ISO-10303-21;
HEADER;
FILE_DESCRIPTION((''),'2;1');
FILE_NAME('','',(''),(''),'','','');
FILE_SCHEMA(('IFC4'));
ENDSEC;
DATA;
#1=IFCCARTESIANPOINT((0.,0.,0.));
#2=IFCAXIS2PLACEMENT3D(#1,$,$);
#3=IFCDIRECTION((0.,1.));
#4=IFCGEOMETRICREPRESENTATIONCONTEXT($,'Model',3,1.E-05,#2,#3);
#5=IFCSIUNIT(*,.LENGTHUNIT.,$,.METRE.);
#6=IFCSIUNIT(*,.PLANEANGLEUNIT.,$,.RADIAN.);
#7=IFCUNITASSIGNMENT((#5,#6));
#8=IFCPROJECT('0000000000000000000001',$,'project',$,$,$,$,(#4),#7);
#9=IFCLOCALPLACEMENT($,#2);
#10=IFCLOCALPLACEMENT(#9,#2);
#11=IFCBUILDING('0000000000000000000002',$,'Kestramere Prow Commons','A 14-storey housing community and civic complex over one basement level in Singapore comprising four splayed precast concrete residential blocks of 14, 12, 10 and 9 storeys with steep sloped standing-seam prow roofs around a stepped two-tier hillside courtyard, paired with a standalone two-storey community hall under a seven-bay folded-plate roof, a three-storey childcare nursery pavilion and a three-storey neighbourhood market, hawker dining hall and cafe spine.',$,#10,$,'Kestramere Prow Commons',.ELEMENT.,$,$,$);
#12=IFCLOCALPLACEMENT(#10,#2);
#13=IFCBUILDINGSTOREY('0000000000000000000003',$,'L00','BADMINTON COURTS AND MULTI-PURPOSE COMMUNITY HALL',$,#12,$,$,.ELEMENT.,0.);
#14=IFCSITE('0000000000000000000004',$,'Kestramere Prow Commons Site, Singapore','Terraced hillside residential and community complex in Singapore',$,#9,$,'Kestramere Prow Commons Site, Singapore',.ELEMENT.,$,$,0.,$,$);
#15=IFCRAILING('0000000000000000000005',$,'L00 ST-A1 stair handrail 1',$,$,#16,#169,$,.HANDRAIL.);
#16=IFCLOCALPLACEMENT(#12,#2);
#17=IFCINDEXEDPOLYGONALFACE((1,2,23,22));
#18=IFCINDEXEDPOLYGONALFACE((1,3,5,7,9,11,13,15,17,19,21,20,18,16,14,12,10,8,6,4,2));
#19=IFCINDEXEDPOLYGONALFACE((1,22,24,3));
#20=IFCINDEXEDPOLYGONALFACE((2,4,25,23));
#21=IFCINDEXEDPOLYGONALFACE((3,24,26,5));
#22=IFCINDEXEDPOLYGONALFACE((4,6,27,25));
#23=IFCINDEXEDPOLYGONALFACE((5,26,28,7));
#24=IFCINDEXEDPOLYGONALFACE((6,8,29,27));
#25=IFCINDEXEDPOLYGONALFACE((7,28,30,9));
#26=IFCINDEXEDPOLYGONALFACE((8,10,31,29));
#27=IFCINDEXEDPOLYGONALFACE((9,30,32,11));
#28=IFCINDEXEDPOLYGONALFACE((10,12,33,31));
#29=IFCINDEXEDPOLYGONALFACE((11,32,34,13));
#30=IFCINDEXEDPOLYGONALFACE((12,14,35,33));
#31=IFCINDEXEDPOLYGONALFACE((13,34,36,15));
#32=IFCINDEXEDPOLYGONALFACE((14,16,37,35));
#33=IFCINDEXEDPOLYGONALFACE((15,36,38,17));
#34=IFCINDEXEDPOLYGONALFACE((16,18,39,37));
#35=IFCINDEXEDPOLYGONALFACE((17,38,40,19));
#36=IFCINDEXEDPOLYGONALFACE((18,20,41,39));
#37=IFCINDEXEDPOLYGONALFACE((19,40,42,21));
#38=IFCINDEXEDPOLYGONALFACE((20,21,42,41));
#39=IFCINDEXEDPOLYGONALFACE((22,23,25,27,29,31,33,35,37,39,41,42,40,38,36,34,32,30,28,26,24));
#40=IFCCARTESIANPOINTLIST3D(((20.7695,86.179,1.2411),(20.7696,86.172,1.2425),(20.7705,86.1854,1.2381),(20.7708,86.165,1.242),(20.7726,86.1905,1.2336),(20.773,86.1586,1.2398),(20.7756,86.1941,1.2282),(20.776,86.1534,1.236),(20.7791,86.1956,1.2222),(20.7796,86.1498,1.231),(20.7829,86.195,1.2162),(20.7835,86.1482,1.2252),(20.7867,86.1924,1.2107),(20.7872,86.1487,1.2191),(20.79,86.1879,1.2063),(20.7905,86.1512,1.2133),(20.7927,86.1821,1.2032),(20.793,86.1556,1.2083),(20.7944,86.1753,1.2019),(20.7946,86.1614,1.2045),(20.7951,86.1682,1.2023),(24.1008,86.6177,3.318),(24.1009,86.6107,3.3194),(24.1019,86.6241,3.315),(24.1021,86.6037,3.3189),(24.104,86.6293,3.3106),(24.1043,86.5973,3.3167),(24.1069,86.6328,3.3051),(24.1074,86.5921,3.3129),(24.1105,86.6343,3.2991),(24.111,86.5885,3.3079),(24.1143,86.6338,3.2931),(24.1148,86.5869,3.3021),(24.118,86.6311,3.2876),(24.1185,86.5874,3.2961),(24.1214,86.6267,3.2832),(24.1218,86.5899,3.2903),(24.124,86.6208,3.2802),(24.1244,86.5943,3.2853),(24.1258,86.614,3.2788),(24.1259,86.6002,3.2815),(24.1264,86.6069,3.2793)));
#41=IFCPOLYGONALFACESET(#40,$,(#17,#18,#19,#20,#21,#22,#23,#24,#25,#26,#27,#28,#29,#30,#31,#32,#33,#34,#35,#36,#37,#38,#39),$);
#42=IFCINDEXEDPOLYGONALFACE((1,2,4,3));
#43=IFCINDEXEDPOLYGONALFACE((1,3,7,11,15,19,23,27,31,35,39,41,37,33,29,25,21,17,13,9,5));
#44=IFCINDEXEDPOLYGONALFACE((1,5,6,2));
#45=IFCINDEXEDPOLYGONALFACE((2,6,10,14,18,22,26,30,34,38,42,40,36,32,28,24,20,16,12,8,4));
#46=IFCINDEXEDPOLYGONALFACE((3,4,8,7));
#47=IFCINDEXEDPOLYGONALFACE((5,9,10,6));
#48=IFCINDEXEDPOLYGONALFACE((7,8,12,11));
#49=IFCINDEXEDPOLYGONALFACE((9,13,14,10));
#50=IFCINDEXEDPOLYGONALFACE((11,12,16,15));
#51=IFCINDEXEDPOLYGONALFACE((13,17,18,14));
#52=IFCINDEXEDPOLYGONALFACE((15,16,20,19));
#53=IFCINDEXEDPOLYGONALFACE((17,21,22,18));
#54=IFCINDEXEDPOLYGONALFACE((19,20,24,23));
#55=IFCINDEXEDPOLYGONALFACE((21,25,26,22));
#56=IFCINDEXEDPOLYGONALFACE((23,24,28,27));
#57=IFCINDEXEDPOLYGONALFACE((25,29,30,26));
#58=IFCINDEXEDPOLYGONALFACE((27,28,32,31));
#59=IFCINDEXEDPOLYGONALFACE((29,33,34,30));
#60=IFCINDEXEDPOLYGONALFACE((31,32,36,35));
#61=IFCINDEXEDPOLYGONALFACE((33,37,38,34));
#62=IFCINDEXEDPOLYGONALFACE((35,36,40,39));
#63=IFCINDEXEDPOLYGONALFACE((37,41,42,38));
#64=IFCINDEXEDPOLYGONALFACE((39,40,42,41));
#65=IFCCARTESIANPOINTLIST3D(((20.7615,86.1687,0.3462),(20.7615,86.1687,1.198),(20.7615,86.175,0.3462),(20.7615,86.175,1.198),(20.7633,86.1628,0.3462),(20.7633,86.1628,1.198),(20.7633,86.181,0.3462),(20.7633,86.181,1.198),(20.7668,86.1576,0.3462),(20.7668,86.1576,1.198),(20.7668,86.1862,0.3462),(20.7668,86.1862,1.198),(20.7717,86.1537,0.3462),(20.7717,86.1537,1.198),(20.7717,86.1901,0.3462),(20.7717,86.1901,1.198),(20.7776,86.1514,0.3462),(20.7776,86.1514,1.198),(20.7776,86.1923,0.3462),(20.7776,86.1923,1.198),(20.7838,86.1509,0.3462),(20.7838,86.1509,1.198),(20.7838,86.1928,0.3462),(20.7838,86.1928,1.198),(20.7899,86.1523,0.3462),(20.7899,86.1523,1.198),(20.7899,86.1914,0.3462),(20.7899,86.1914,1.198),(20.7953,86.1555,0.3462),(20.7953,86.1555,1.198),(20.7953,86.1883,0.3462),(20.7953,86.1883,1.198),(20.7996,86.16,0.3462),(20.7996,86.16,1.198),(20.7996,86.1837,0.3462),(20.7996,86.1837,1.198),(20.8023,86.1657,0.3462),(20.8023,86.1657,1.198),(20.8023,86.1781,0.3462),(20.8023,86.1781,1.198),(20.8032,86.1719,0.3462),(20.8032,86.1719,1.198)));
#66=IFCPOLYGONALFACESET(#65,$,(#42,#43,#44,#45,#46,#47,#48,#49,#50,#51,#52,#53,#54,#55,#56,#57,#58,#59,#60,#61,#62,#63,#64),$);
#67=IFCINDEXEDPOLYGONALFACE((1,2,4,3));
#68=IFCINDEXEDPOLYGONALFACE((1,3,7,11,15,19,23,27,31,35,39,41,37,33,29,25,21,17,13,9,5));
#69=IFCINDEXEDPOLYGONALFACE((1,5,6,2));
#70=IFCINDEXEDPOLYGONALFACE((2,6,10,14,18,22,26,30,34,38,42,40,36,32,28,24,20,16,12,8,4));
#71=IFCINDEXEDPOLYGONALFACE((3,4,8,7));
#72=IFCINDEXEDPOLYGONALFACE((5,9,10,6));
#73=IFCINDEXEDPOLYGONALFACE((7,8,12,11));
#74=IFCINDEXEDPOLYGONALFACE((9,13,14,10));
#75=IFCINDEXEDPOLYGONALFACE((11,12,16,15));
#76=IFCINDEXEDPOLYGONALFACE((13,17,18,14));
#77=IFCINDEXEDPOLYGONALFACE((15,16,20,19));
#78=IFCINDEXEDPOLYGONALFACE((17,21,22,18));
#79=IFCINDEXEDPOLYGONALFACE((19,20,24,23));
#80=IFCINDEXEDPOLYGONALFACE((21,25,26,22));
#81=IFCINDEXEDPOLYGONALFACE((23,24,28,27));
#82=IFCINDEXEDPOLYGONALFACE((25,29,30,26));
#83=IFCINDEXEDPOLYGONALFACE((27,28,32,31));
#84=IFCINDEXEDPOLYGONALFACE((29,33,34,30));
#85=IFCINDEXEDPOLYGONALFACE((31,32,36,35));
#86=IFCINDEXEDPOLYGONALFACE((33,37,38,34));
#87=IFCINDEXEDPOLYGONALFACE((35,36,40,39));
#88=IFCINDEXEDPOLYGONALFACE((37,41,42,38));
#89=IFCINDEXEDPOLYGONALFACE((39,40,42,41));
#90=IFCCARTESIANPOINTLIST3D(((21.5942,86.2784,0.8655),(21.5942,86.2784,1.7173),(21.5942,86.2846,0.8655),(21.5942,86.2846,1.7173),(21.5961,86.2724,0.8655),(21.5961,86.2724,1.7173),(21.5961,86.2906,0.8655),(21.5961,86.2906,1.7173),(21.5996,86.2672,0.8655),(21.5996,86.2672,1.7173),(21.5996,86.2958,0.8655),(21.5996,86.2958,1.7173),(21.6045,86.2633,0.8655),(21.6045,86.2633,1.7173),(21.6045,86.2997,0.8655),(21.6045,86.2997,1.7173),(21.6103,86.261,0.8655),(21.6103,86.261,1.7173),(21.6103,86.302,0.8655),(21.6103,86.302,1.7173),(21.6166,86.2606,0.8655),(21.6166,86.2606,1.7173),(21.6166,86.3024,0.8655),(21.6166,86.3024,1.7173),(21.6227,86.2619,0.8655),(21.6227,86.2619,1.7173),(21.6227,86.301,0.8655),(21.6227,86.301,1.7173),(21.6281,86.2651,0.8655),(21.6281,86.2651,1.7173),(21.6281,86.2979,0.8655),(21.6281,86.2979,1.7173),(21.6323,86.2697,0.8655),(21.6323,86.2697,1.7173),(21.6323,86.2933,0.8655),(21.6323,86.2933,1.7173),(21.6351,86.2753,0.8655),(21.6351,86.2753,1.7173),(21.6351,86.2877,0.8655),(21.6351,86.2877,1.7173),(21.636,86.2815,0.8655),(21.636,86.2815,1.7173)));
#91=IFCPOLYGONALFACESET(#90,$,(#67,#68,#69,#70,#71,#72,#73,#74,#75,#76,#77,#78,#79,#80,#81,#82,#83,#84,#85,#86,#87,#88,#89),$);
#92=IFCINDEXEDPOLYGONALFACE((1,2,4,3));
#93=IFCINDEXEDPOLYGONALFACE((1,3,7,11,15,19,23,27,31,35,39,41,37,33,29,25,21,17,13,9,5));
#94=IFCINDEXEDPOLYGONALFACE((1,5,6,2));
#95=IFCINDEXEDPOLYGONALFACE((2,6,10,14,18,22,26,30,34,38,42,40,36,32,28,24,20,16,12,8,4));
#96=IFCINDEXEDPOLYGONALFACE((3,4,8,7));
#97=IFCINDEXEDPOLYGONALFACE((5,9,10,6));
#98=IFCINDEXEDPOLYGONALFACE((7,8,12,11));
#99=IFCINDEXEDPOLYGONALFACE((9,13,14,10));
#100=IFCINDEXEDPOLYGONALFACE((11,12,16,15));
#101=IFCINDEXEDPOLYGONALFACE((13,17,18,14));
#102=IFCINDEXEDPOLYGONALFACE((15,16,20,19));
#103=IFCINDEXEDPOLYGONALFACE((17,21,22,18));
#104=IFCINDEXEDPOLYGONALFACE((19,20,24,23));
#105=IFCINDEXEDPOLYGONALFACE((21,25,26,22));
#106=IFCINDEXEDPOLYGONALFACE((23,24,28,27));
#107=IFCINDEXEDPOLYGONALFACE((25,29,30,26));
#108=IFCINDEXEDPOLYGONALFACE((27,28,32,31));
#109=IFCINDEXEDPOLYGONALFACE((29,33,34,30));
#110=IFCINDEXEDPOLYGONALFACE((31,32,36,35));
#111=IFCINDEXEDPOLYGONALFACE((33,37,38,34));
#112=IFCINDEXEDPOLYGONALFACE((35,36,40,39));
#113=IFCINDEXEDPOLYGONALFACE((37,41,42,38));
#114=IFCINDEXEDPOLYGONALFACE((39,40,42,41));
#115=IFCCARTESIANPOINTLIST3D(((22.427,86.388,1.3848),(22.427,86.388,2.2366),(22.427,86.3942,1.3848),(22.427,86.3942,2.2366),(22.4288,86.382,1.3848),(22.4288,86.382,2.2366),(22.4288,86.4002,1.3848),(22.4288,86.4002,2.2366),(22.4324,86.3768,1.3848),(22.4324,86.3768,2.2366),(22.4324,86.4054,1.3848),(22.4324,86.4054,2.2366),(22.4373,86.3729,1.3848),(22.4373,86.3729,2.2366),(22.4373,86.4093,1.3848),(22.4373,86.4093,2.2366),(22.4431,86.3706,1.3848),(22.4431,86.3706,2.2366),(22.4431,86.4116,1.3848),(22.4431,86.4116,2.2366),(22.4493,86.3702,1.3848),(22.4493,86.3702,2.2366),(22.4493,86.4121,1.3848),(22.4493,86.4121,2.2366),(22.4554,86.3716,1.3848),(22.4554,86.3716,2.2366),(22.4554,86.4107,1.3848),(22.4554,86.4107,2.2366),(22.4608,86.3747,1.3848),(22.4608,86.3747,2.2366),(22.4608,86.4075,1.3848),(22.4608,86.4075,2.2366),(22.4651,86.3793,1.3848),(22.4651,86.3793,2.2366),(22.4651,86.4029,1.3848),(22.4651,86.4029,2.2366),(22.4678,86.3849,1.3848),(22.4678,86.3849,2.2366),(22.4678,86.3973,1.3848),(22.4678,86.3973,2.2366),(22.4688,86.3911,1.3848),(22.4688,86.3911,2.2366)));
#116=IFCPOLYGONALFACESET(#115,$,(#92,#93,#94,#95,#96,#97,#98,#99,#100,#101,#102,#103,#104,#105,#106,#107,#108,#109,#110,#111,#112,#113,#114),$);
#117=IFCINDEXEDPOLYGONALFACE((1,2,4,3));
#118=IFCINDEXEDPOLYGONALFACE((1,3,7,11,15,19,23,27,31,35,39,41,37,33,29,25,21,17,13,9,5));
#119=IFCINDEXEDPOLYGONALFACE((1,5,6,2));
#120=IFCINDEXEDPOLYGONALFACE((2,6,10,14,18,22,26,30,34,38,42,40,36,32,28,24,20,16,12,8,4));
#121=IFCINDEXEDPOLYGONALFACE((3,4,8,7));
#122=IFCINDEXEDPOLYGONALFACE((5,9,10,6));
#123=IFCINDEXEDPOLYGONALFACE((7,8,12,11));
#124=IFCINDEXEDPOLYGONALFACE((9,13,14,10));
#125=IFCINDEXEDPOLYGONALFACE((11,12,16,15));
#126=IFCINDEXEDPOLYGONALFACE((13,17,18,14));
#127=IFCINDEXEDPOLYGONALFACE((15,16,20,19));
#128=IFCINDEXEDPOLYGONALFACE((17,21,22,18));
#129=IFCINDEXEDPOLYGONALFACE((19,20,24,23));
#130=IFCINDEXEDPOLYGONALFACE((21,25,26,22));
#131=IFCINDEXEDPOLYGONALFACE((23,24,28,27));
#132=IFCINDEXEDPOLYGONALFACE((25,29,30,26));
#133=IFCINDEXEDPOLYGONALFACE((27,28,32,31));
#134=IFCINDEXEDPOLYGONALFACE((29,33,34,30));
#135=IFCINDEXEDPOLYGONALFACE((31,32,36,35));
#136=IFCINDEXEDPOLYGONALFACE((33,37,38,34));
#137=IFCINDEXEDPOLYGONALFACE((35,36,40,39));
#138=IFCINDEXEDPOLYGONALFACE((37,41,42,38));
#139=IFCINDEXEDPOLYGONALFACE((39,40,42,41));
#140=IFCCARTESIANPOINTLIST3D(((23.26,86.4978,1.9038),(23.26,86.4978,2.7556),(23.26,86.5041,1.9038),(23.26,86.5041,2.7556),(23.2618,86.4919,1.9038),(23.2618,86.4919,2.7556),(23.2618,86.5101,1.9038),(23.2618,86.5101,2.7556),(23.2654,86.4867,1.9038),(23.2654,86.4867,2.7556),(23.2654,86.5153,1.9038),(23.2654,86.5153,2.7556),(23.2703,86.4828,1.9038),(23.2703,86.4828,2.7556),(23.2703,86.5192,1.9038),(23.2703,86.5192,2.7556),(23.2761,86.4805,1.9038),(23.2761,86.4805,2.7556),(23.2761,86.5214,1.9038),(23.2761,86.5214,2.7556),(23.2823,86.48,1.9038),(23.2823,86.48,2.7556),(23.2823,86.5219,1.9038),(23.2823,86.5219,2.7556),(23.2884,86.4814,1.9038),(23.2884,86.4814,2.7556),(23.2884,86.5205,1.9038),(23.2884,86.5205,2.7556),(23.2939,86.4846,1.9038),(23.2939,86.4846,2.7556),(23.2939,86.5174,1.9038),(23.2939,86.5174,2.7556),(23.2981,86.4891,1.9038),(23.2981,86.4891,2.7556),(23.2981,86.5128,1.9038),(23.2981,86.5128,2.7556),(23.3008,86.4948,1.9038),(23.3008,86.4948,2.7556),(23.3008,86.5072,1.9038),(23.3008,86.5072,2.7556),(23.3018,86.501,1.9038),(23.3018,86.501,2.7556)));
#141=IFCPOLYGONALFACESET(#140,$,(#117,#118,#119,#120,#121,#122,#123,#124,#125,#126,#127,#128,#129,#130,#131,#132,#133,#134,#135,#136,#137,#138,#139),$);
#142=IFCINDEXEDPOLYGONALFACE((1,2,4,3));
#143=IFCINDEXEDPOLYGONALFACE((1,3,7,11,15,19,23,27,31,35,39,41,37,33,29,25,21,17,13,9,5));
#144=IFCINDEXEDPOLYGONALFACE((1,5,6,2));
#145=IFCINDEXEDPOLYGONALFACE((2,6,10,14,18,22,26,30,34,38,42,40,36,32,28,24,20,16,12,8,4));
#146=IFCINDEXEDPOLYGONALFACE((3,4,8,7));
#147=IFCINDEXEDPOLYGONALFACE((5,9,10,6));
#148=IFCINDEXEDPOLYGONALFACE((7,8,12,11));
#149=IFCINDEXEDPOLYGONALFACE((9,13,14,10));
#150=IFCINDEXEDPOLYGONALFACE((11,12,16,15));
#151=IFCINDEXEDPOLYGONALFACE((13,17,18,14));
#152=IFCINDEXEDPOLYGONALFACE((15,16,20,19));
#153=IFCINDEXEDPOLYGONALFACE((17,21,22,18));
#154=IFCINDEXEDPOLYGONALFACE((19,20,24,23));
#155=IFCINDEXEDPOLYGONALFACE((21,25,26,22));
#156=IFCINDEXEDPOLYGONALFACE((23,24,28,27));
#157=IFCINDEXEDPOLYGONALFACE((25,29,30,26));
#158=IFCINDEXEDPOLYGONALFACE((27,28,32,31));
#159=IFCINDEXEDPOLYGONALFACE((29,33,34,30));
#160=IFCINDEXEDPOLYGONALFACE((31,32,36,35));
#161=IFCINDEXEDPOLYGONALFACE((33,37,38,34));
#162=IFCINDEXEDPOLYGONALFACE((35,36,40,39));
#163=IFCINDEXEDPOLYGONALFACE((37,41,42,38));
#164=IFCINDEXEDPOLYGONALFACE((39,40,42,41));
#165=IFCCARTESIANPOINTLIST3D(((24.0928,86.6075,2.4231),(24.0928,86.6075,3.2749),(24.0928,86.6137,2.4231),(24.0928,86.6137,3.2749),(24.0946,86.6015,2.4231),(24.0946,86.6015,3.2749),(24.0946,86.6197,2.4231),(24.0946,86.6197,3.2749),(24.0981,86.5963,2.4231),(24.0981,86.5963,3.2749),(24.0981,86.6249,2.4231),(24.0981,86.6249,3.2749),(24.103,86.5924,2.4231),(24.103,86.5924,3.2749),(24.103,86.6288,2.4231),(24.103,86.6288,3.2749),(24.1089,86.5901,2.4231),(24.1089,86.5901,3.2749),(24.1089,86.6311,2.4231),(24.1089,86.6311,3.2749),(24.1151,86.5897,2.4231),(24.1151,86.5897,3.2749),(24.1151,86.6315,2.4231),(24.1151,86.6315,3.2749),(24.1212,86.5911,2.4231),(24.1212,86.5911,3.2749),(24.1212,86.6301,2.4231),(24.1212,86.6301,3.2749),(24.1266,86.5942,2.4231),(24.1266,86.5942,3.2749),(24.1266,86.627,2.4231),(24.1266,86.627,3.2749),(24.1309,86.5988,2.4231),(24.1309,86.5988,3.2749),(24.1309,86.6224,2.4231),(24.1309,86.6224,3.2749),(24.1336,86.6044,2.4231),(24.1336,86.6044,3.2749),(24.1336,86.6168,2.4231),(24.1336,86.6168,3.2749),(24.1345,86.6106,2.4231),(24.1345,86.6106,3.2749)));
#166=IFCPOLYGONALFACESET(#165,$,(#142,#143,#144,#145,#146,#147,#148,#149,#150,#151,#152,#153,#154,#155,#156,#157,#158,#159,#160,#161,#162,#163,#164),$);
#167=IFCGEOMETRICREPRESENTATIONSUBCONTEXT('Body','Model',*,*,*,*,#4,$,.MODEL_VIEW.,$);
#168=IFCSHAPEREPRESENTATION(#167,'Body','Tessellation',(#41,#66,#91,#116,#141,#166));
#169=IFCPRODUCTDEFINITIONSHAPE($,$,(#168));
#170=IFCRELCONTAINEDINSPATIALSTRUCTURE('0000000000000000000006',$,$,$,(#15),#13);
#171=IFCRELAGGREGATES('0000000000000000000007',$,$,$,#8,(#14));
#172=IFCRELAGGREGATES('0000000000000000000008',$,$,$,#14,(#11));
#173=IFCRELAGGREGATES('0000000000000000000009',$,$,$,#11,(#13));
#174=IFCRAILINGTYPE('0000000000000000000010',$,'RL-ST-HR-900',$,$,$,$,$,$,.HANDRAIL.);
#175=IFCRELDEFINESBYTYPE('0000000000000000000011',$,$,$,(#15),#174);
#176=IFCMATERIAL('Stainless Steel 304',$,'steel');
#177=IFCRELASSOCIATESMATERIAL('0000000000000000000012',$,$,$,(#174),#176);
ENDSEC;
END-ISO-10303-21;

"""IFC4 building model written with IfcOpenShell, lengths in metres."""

from ifc_helpers import new_model, si_unit, direction, frame, origin, origin_2d, place, context, subcontext, project, spatial, circle, extrude, material, type_object, element, save


model = new_model("IFC4")

# Units and contexts
model_context = context("Model", 3, precision=1e-05, world=origin(), true_north=direction((0.0, 1.0)))
body_context = subcontext(model_context, "Body", "Model", "MODEL_VIEW")
ifc_project = project(units=[si_unit("LENGTHUNIT", "METRE"), si_unit("PLANEANGLEUNIT", "RADIAN")], contexts=[model_context])

# Site, building, storey
site_placement = place(None, origin())
site = spatial("IfcSite", under=ifc_project, at=site_placement, Name="Kestramere Prow Commons Site, Singapore", Description="Terraced hillside residential and community complex in Singapore", LongName="Kestramere Prow Commons Site, Singapore", CompositionType="ELEMENT", RefElevation=0.0)
building_placement = place(site_placement, origin())
building = spatial("IfcBuilding", under=site, at=building_placement, Name="Kestramere Prow Commons", Description="A 14-storey housing community and civic complex over one basement level in Singapore comprising four splayed precast concrete residential blocks of 14, 12, 10 and 9 storeys with steep sloped standing-seam prow roofs around a stepped two-tier hillside courtyard, paired with a standalone two-storey community hall under a seven-bay folded-plate roof, a three-storey childcare nursery pavilion and a three-storey neighbourhood market, hawker dining hall and cafe spine.", LongName="Kestramere Prow Commons", CompositionType="ELEMENT")
storey_placement = place(building_placement, origin())
storey = spatial("IfcBuildingStorey", under=building, at=storey_placement, Name="L00", Description="BADMINTON COURTS AND MULTI-PURPOSE COMMUNITY HALL", CompositionType="ELEMENT", Elevation=0.0)

# Railing
ifc_material_1 = material(Name="Stainless Steel 304", Category="steel")
railing_type = type_object("IfcRailingType", Name="RL-ST-HR-900", PredefinedType="HANDRAIL", material=ifc_material_1)
for number, where, name in (
    (1, (20.7822, 86.1719, 0.3462), "L00 ST-A1 stair handrail 1"),
):
    element("IfcRailing", number, at=place(storey_placement, frame(where)), inside=storey, type_object=railing_type, Name=name, PredefinedType="HANDRAIL", context=body_context, shape_type="SweptSolid", body=[
        extrude(circle(Radius=0.0239, at=origin_2d()), frame((0.0, 0.0, 0.876), z_axis=(0.843338, 0.111065, 0.525781), x_axis=(-0.130569, 0.991439, 0.0)), (0.0, 0.0, 1.0), 3.9502),
        extrude(circle(Radius=0.021, at=origin_2d()), origin(), (0.0, 0.0, 1.0), 0.8518),
        extrude(circle(Radius=0.021, at=origin_2d()), frame((0.8328, 0.1096, 0.5193)), (0.0, 0.0, 1.0), 0.8518),
        extrude(circle(Radius=0.021, at=origin_2d()), frame((1.6655, 0.2192, 1.0386)), (0.0, 0.0, 1.0), 0.8518),
        extrude(circle(Radius=0.021, at=origin_2d()), frame((2.4985, 0.3291, 1.5576)), (0.0, 0.0, 1.0), 0.8518),
        extrude(circle(Radius=0.021, at=origin_2d()), frame((3.3313, 0.4387, 2.0769)), (0.0, 0.0, 1.0), 0.8518),
    ])

save(model, "model.ifc")
